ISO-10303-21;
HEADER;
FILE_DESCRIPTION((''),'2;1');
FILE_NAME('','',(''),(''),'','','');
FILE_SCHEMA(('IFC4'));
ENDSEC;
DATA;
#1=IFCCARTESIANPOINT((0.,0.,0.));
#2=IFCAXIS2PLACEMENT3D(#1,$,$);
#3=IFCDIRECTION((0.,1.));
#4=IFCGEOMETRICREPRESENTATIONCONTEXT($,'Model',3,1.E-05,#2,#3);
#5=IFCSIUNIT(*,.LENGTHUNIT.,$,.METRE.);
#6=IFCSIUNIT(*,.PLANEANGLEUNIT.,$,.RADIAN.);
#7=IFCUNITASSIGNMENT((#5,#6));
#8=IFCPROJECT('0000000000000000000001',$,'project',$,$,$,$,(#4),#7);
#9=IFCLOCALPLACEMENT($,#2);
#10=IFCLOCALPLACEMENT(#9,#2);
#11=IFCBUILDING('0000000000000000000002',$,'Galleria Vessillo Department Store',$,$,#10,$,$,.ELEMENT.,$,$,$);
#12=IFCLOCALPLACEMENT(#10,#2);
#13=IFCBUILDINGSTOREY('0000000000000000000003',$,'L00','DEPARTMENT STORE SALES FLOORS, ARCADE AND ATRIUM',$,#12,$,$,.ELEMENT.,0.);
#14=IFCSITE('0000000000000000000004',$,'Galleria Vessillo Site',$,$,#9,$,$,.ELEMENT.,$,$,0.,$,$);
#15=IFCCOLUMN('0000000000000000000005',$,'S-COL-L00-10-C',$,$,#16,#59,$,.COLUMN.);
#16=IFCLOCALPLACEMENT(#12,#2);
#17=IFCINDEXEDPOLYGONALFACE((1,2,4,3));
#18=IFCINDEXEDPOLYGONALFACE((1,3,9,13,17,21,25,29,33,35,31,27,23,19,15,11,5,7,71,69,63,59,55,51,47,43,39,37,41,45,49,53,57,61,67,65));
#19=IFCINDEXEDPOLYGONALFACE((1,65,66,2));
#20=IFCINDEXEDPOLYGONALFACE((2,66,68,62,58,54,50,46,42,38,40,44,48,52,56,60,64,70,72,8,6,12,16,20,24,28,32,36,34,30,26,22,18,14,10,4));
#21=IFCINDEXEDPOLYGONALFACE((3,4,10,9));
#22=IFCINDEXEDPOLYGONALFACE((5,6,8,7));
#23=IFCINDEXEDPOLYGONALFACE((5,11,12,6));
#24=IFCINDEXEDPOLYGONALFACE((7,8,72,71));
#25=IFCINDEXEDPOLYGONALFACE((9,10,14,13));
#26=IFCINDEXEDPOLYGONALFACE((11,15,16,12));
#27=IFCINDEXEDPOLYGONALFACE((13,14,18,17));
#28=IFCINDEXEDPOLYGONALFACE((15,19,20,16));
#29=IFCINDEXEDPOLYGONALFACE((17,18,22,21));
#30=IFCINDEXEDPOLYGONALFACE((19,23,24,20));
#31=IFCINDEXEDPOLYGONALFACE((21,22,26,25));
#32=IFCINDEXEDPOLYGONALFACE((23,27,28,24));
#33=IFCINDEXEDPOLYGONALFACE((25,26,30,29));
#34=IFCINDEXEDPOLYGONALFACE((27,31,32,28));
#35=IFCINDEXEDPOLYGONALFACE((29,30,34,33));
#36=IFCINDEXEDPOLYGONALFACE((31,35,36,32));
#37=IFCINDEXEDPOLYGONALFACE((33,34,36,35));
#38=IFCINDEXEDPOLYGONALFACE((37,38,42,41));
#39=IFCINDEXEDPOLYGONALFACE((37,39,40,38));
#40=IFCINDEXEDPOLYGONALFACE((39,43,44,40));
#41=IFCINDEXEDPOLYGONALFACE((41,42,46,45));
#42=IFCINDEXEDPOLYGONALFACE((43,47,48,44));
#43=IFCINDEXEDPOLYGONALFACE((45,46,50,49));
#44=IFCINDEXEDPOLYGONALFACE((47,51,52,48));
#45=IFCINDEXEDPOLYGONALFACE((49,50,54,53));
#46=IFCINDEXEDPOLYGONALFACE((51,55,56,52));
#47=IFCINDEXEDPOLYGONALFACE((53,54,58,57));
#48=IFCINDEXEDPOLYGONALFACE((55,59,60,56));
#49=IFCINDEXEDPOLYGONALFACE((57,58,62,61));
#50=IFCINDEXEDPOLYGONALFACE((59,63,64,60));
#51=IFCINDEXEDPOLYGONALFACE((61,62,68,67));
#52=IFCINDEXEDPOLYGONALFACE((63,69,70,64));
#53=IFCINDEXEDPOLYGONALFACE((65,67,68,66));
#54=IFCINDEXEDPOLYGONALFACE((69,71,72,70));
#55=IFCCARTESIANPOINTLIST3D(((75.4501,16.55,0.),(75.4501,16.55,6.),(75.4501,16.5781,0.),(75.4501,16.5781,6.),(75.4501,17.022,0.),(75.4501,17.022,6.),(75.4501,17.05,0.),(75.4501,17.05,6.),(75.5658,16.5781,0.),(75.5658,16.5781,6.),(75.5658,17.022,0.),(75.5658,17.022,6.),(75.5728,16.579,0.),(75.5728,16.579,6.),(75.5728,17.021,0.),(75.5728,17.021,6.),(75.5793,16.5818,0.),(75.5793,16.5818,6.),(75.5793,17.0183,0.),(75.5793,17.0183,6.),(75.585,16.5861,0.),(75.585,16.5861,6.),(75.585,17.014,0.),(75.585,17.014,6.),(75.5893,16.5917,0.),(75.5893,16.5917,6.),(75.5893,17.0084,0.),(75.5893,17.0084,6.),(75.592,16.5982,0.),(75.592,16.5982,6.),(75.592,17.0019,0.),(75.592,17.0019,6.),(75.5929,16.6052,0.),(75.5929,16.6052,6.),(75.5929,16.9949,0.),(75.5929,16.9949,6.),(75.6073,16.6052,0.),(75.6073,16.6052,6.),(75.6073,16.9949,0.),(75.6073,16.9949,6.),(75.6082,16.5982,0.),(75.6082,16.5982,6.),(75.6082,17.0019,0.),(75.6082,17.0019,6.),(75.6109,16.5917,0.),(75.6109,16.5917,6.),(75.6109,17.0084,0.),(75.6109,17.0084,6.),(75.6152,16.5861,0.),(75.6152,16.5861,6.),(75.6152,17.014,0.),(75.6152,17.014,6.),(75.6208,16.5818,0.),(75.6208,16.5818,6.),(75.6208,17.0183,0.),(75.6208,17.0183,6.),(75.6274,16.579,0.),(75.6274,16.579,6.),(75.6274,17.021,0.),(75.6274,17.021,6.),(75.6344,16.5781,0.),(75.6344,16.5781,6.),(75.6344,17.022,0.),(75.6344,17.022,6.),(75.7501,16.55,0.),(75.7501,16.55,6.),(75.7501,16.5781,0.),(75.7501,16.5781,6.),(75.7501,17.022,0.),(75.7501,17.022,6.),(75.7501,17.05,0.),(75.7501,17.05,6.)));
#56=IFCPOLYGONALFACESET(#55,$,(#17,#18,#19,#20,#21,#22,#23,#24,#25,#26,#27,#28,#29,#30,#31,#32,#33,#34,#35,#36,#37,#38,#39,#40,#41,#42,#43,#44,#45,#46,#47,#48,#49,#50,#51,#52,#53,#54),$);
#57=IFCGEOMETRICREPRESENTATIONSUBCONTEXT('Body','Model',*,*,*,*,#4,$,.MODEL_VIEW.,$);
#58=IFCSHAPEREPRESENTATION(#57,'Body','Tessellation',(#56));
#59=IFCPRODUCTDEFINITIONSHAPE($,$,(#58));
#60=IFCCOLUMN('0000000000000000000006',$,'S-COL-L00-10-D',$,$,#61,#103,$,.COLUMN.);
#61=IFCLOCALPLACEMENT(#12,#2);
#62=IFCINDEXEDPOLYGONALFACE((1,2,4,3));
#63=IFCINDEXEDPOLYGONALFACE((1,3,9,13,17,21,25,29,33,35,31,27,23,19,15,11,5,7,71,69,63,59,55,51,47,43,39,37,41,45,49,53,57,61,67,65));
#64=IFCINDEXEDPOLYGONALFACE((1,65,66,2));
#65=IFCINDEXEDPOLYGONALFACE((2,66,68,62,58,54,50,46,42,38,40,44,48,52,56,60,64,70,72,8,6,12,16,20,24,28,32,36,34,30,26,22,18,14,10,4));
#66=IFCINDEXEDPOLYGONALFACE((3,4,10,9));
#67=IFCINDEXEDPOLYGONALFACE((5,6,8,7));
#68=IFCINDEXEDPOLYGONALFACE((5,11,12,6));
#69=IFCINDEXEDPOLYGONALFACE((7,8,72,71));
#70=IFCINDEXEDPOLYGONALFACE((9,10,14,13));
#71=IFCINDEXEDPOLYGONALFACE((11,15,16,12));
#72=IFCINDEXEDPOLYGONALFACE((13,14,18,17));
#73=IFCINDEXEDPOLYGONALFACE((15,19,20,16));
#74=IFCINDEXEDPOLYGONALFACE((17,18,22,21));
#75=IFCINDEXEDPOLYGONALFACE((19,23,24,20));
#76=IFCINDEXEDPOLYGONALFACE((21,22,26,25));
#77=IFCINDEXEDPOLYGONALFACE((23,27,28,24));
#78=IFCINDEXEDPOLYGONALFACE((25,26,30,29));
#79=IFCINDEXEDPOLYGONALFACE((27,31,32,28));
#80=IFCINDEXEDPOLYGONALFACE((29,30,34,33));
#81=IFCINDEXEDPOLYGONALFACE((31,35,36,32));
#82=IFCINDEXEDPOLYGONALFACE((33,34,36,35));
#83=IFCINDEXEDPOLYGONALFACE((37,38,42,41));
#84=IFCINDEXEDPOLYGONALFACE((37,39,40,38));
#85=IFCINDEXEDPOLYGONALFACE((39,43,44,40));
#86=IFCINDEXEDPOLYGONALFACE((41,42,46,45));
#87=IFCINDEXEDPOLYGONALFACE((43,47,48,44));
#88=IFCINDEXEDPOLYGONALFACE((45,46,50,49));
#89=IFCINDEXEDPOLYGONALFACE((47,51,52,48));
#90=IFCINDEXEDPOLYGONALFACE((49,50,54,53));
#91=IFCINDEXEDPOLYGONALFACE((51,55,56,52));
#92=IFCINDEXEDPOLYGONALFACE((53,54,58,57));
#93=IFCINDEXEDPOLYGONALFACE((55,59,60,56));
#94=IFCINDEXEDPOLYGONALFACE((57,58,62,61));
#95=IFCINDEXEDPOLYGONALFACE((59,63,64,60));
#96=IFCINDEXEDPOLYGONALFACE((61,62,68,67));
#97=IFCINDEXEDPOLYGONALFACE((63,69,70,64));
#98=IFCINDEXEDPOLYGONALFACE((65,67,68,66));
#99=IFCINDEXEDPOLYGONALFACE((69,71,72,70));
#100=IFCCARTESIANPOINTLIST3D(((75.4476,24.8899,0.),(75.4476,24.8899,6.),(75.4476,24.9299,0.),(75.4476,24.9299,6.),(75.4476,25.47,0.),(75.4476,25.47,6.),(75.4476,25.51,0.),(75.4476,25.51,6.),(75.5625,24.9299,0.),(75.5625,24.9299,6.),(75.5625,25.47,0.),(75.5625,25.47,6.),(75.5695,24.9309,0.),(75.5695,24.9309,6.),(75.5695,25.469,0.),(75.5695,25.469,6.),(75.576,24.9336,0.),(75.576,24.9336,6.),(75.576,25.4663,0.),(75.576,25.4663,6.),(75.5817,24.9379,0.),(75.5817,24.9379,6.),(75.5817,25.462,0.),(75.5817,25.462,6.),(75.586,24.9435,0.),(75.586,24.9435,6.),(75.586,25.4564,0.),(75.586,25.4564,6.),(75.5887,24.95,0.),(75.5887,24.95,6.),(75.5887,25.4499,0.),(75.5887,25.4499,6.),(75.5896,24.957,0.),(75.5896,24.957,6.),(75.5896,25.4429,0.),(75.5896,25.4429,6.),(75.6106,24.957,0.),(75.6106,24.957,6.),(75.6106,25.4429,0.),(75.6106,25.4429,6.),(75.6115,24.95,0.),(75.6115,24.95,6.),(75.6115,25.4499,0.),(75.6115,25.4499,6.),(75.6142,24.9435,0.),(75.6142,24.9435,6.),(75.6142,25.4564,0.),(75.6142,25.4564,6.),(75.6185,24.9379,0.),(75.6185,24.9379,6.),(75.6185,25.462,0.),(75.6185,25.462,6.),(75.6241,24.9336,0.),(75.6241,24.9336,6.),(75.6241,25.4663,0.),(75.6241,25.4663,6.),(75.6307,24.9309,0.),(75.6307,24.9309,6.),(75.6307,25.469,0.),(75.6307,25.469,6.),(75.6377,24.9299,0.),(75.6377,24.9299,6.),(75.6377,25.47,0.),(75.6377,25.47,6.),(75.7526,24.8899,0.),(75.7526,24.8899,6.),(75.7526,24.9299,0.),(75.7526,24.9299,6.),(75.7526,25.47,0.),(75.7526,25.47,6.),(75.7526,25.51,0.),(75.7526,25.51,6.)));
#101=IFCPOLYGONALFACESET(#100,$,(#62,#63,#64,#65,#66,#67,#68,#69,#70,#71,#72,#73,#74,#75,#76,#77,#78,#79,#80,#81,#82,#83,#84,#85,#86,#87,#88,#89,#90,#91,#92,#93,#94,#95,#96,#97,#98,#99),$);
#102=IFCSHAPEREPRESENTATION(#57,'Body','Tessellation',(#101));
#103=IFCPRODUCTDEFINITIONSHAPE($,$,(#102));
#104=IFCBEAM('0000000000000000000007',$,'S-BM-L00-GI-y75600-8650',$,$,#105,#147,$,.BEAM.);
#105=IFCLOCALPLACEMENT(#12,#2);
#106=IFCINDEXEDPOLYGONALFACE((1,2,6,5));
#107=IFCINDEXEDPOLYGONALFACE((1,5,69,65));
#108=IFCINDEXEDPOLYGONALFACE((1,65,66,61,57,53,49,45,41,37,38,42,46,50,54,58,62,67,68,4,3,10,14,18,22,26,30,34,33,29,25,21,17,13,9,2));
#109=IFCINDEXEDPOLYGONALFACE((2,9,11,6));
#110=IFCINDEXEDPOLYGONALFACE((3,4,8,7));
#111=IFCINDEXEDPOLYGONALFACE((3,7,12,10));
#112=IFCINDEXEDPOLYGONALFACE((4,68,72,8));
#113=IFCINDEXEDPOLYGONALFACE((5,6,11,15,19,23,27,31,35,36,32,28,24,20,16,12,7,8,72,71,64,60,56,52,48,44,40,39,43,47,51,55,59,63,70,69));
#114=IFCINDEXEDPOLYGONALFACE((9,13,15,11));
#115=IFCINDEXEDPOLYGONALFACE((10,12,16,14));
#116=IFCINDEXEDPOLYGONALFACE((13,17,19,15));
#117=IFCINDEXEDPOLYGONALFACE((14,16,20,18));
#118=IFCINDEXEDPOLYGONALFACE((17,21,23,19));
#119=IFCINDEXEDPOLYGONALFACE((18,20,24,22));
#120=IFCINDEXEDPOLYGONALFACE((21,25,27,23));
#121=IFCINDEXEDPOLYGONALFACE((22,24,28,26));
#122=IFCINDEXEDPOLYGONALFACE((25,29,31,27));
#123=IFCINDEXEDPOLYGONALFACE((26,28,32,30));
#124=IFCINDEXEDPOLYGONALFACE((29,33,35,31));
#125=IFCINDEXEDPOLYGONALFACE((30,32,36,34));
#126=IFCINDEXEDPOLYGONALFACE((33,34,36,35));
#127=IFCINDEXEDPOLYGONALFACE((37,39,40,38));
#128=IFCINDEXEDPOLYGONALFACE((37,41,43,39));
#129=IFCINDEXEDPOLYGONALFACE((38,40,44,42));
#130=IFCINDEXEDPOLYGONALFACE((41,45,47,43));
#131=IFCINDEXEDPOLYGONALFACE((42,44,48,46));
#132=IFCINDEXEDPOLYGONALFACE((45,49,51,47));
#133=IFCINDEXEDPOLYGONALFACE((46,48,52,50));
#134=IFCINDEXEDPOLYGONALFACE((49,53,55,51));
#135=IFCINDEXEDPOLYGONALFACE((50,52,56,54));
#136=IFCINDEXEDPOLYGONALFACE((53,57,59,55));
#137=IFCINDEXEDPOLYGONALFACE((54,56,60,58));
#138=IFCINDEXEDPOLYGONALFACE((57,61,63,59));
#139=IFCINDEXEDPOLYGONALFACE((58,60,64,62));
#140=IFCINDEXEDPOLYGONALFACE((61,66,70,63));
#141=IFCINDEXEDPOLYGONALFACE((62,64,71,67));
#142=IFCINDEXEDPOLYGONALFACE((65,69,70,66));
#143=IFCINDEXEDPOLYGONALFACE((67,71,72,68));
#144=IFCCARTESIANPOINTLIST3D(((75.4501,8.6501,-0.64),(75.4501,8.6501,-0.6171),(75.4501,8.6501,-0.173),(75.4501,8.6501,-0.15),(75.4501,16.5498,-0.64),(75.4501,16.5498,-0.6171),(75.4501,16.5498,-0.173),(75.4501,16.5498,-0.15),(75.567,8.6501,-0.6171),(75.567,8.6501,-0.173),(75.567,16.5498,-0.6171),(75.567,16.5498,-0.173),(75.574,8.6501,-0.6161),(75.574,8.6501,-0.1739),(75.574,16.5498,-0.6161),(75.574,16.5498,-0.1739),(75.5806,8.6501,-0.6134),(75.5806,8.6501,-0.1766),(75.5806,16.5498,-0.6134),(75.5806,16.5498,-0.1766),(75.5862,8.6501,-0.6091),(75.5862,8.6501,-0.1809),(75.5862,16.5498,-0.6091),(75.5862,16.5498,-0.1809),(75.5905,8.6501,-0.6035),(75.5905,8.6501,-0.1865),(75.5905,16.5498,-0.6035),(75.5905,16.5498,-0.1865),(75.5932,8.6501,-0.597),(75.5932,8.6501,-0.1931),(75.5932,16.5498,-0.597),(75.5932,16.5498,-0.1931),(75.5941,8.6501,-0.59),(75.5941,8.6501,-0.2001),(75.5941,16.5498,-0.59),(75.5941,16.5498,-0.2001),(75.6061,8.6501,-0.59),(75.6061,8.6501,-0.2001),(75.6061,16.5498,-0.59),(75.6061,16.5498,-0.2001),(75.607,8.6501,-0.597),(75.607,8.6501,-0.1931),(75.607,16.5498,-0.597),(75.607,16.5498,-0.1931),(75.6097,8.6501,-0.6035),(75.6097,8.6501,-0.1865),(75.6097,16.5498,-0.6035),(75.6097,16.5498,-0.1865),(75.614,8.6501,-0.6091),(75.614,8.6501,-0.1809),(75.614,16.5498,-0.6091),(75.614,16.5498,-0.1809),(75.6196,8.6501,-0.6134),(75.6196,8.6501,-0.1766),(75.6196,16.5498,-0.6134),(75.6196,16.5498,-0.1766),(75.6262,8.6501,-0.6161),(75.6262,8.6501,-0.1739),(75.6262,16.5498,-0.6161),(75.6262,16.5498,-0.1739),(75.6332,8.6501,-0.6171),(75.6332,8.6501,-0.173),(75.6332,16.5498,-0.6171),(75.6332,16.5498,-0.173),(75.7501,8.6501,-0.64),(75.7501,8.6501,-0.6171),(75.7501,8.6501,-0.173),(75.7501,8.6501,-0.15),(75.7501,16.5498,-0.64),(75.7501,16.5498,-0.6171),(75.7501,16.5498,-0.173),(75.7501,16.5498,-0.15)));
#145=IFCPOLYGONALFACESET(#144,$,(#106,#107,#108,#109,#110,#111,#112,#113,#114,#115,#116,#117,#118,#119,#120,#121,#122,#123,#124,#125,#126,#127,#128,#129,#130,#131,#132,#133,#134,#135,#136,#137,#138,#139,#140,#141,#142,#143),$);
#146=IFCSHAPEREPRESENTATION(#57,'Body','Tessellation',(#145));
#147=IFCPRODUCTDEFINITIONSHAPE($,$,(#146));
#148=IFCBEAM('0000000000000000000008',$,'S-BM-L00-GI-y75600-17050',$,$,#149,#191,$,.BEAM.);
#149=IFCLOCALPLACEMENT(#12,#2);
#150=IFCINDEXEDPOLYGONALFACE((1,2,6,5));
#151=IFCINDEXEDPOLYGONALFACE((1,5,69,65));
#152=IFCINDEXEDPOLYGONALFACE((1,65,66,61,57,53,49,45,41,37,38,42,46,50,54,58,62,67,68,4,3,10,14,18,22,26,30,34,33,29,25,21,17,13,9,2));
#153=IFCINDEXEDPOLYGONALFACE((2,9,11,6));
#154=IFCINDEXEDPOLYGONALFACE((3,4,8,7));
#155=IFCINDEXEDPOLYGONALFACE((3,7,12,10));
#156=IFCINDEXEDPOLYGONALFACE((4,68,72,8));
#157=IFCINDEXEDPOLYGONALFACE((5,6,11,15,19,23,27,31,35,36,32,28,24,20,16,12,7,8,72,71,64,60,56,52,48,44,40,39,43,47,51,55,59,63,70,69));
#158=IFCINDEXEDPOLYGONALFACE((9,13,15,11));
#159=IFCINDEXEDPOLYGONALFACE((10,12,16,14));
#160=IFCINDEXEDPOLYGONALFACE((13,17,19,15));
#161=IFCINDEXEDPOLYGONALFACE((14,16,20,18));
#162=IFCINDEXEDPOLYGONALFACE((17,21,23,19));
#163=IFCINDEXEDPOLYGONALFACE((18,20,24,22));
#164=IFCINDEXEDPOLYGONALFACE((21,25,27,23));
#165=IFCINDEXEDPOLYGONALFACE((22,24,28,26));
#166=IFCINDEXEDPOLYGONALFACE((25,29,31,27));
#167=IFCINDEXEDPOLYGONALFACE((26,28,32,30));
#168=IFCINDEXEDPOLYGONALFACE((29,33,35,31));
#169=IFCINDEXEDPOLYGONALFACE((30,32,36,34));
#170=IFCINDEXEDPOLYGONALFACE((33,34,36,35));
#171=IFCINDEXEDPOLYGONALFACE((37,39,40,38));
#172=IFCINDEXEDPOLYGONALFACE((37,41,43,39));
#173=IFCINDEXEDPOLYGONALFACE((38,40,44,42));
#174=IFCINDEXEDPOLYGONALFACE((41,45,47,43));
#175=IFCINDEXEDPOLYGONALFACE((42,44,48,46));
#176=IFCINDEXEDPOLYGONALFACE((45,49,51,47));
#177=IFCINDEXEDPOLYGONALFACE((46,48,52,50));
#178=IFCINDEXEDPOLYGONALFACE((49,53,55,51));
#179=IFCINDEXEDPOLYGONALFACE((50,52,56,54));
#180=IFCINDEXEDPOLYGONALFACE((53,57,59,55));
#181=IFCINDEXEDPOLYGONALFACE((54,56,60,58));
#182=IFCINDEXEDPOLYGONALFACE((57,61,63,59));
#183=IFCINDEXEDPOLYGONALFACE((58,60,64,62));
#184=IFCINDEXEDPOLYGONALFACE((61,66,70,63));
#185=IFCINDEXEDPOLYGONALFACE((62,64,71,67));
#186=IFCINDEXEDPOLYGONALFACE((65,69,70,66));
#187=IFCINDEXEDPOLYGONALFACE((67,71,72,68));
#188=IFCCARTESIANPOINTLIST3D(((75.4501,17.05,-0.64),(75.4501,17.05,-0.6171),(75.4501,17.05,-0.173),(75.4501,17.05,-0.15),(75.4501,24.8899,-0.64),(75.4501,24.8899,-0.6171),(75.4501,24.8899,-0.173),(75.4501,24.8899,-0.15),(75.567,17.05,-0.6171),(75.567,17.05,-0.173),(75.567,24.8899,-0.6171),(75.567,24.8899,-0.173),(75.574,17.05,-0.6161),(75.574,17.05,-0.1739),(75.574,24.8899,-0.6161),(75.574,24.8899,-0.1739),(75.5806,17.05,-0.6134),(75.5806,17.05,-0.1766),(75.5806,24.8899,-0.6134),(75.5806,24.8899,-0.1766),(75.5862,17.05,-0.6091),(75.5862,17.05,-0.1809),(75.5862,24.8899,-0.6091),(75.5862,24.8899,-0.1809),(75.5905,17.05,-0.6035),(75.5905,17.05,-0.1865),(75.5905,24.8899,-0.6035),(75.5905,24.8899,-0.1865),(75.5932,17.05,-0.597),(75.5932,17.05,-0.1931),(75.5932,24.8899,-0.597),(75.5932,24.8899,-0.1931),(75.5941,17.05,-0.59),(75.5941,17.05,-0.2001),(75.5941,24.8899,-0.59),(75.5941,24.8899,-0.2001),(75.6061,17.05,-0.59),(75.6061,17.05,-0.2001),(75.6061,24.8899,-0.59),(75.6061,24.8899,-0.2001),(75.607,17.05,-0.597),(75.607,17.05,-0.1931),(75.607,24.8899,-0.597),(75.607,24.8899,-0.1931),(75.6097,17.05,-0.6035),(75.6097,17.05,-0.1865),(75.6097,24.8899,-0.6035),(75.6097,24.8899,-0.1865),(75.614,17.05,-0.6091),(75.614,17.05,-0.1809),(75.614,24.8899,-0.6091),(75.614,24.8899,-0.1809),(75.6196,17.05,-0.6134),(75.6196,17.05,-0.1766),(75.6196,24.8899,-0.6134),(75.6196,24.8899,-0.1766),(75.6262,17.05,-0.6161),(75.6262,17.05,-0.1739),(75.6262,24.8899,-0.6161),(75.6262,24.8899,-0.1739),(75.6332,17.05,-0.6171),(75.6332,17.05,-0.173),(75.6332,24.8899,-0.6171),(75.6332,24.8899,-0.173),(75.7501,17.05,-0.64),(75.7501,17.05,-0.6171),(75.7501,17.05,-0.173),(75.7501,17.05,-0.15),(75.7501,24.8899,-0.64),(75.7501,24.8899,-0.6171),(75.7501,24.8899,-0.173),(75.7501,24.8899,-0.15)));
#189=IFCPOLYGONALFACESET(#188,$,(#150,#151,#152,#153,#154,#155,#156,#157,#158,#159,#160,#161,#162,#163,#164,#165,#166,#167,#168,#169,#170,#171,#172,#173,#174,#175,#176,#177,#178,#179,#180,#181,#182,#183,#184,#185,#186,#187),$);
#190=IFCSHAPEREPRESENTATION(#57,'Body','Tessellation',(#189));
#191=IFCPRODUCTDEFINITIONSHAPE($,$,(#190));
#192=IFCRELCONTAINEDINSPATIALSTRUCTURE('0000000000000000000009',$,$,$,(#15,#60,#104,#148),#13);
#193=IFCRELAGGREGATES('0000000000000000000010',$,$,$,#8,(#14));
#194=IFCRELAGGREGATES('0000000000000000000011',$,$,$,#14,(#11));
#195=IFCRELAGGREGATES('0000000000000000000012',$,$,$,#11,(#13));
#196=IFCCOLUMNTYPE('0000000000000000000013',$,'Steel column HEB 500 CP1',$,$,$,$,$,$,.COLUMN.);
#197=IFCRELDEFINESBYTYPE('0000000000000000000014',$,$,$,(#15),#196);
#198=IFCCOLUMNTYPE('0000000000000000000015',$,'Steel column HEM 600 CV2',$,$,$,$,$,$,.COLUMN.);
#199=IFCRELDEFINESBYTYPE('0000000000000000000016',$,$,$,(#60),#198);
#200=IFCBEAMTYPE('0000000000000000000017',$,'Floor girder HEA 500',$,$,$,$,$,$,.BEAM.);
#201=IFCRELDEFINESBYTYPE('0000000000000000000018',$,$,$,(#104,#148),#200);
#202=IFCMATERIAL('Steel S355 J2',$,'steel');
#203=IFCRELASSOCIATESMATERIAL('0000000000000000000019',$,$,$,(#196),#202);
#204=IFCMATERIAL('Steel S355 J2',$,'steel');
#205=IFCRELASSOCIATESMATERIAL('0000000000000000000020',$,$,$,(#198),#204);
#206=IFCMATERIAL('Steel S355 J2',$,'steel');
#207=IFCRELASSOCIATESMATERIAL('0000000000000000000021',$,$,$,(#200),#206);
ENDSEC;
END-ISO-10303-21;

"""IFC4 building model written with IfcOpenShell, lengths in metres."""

from ifc_helpers import new_model, si_unit, direction, frame, origin, origin_2d, place, context, subcontext, project, spatial, i_section, extrude, material, material_profile, profile_set, type_object, element, save


model = new_model("IFC4")

# Units and contexts
model_context = context("Model", 3, precision=1e-05, world=origin(), true_north=direction((0.0, 1.0)))
body_context = subcontext(model_context, "Body", "Model", "MODEL_VIEW")
ifc_project = project(units=[si_unit("LENGTHUNIT", "METRE"), si_unit("PLANEANGLEUNIT", "RADIAN")], contexts=[model_context])

# Site, building, storey
site_placement = place(None, origin())
site = spatial("IfcSite", under=ifc_project, at=site_placement, Name="Galleria Vessillo Site", CompositionType="ELEMENT", RefElevation=0.0)
building_placement = place(site_placement, origin())
building = spatial("IfcBuilding", under=site, at=building_placement, Name="Galleria Vessillo Department Store", CompositionType="ELEMENT")
storey_placement = place(building_placement, origin())
storey = spatial("IfcBuildingStorey", under=building, at=storey_placement, Name="L00", Description="DEPARTMENT STORE SALES FLOORS, ARCADE AND ATRIUM", CompositionType="ELEMENT", Elevation=0.0)

# Columns
ifc_material_1 = material(Name="Steel S355 J2", Category="steel")
ifc_material_profile_1 = material_profile(ifc_material_1, i_section(OverallWidth=0.3, OverallDepth=0.5, WebThickness=0.0144, FlangeThickness=0.0281, FilletRadius=0.0271, at=origin_2d()), Name="HEB 500")
ifc_profile_set_1 = profile_set([ifc_material_profile_1], Name="Steel S355 J2")
column_type_1 = type_object("IfcColumnType", Name="Steel column HEB 500 CP1", PredefinedType="COLUMN", material=ifc_profile_set_1)
column_1_placement = place(storey_placement, frame((75.6001, 16.8, 0.0), z_axis=(0.0, 0.0, 1.0), x_axis=(1.0, 0.0, 0.0)))
element("IfcColumn", 1, at=column_1_placement, inside=storey, type_object=column_type_1, Name="S-COL-L00-10-C", PredefinedType="COLUMN", context=body_context, shape_type="SweptSolid", body=[
    extrude(i_section(OverallWidth=0.3, OverallDepth=0.5, WebThickness=0.0144, FlangeThickness=0.0281, FilletRadius=0.0271, at=origin_2d()), origin(), (0.0, 0.0, 1.0), 6.0),
])
ifc_material_2 = material(Name="Steel S355 J2", Category="steel")
ifc_material_profile_2 = material_profile(ifc_material_2, i_section(OverallWidth=0.3049, OverallDepth=0.6201, WebThickness=0.021, FlangeThickness=0.04, FilletRadius=0.0271, at=origin_2d()), Name="HEM 600")
ifc_profile_set_2 = profile_set([ifc_material_profile_2], Name="Steel S355 J2")
column_type_2 = type_object("IfcColumnType", Name="Steel column HEM 600 CV2", PredefinedType="COLUMN", material=ifc_profile_set_2)
column_2_placement = place(storey_placement, frame((75.6001, 25.2, 0.0), z_axis=(0.0, 0.0, 1.0), x_axis=(1.0, 0.0, 0.0)))
element("IfcColumn", 2, at=column_2_placement, inside=storey, type_object=column_type_2, Name="S-COL-L00-10-D", PredefinedType="COLUMN", context=body_context, shape_type="SweptSolid", body=[
    extrude(i_section(OverallWidth=0.3049, OverallDepth=0.6201, WebThickness=0.021, FlangeThickness=0.04, FilletRadius=0.0271, at=origin_2d()), origin(), (0.0, 0.0, 1.0), 6.0),
])

# Beams
ifc_material_3 = material(Name="Steel S355 J2", Category="steel")
ifc_material_profile_3 = material_profile(ifc_material_3, i_section(OverallWidth=0.3, OverallDepth=0.49, WebThickness=0.012, FlangeThickness=0.0229, FilletRadius=0.0271, at=origin_2d()), Name="HEA 500")
ifc_profile_set_3 = profile_set([ifc_material_profile_3], Name="Steel S355 J2")
beam_type_1 = type_object("IfcBeamType", Name="Floor girder HEA 500", PredefinedType="BEAM", material=ifc_profile_set_3)
beam_1_placement = place(storey_placement, frame((75.6001, 8.6501, -0.395), z_axis=(0.0, 1.0, 0.0), x_axis=(-1.0, 0.0, 0.0)))
element("IfcBeam", 3, at=beam_1_placement, inside=storey, type_object=beam_type_1, Name="S-BM-L00-GI-y75600-8650", PredefinedType="BEAM", context=body_context, shape_type="SweptSolid", body=[
    extrude(i_section(OverallWidth=0.3, OverallDepth=0.49, WebThickness=0.012, FlangeThickness=0.0229, FilletRadius=0.0271, at=origin_2d()), origin(), (0.0, 0.0, 1.0), 7.8997),
])
beam_2_placement = place(storey_placement, frame((75.6001, 17.05, -0.395), z_axis=(0.0, 1.0, 0.0), x_axis=(-1.0, 0.0, 0.0)))
element("IfcBeam", 4, at=beam_2_placement, inside=storey, type_object=beam_type_1, Name="S-BM-L00-GI-y75600-17050", PredefinedType="BEAM", context=body_context, shape_type="SweptSolid", body=[
    extrude(i_section(OverallWidth=0.3, OverallDepth=0.49, WebThickness=0.012, FlangeThickness=0.0229, FilletRadius=0.0271, at=origin_2d()), origin(), (0.0, 0.0, 1.0), 7.8398),
])

save(model, "model.ifc")
